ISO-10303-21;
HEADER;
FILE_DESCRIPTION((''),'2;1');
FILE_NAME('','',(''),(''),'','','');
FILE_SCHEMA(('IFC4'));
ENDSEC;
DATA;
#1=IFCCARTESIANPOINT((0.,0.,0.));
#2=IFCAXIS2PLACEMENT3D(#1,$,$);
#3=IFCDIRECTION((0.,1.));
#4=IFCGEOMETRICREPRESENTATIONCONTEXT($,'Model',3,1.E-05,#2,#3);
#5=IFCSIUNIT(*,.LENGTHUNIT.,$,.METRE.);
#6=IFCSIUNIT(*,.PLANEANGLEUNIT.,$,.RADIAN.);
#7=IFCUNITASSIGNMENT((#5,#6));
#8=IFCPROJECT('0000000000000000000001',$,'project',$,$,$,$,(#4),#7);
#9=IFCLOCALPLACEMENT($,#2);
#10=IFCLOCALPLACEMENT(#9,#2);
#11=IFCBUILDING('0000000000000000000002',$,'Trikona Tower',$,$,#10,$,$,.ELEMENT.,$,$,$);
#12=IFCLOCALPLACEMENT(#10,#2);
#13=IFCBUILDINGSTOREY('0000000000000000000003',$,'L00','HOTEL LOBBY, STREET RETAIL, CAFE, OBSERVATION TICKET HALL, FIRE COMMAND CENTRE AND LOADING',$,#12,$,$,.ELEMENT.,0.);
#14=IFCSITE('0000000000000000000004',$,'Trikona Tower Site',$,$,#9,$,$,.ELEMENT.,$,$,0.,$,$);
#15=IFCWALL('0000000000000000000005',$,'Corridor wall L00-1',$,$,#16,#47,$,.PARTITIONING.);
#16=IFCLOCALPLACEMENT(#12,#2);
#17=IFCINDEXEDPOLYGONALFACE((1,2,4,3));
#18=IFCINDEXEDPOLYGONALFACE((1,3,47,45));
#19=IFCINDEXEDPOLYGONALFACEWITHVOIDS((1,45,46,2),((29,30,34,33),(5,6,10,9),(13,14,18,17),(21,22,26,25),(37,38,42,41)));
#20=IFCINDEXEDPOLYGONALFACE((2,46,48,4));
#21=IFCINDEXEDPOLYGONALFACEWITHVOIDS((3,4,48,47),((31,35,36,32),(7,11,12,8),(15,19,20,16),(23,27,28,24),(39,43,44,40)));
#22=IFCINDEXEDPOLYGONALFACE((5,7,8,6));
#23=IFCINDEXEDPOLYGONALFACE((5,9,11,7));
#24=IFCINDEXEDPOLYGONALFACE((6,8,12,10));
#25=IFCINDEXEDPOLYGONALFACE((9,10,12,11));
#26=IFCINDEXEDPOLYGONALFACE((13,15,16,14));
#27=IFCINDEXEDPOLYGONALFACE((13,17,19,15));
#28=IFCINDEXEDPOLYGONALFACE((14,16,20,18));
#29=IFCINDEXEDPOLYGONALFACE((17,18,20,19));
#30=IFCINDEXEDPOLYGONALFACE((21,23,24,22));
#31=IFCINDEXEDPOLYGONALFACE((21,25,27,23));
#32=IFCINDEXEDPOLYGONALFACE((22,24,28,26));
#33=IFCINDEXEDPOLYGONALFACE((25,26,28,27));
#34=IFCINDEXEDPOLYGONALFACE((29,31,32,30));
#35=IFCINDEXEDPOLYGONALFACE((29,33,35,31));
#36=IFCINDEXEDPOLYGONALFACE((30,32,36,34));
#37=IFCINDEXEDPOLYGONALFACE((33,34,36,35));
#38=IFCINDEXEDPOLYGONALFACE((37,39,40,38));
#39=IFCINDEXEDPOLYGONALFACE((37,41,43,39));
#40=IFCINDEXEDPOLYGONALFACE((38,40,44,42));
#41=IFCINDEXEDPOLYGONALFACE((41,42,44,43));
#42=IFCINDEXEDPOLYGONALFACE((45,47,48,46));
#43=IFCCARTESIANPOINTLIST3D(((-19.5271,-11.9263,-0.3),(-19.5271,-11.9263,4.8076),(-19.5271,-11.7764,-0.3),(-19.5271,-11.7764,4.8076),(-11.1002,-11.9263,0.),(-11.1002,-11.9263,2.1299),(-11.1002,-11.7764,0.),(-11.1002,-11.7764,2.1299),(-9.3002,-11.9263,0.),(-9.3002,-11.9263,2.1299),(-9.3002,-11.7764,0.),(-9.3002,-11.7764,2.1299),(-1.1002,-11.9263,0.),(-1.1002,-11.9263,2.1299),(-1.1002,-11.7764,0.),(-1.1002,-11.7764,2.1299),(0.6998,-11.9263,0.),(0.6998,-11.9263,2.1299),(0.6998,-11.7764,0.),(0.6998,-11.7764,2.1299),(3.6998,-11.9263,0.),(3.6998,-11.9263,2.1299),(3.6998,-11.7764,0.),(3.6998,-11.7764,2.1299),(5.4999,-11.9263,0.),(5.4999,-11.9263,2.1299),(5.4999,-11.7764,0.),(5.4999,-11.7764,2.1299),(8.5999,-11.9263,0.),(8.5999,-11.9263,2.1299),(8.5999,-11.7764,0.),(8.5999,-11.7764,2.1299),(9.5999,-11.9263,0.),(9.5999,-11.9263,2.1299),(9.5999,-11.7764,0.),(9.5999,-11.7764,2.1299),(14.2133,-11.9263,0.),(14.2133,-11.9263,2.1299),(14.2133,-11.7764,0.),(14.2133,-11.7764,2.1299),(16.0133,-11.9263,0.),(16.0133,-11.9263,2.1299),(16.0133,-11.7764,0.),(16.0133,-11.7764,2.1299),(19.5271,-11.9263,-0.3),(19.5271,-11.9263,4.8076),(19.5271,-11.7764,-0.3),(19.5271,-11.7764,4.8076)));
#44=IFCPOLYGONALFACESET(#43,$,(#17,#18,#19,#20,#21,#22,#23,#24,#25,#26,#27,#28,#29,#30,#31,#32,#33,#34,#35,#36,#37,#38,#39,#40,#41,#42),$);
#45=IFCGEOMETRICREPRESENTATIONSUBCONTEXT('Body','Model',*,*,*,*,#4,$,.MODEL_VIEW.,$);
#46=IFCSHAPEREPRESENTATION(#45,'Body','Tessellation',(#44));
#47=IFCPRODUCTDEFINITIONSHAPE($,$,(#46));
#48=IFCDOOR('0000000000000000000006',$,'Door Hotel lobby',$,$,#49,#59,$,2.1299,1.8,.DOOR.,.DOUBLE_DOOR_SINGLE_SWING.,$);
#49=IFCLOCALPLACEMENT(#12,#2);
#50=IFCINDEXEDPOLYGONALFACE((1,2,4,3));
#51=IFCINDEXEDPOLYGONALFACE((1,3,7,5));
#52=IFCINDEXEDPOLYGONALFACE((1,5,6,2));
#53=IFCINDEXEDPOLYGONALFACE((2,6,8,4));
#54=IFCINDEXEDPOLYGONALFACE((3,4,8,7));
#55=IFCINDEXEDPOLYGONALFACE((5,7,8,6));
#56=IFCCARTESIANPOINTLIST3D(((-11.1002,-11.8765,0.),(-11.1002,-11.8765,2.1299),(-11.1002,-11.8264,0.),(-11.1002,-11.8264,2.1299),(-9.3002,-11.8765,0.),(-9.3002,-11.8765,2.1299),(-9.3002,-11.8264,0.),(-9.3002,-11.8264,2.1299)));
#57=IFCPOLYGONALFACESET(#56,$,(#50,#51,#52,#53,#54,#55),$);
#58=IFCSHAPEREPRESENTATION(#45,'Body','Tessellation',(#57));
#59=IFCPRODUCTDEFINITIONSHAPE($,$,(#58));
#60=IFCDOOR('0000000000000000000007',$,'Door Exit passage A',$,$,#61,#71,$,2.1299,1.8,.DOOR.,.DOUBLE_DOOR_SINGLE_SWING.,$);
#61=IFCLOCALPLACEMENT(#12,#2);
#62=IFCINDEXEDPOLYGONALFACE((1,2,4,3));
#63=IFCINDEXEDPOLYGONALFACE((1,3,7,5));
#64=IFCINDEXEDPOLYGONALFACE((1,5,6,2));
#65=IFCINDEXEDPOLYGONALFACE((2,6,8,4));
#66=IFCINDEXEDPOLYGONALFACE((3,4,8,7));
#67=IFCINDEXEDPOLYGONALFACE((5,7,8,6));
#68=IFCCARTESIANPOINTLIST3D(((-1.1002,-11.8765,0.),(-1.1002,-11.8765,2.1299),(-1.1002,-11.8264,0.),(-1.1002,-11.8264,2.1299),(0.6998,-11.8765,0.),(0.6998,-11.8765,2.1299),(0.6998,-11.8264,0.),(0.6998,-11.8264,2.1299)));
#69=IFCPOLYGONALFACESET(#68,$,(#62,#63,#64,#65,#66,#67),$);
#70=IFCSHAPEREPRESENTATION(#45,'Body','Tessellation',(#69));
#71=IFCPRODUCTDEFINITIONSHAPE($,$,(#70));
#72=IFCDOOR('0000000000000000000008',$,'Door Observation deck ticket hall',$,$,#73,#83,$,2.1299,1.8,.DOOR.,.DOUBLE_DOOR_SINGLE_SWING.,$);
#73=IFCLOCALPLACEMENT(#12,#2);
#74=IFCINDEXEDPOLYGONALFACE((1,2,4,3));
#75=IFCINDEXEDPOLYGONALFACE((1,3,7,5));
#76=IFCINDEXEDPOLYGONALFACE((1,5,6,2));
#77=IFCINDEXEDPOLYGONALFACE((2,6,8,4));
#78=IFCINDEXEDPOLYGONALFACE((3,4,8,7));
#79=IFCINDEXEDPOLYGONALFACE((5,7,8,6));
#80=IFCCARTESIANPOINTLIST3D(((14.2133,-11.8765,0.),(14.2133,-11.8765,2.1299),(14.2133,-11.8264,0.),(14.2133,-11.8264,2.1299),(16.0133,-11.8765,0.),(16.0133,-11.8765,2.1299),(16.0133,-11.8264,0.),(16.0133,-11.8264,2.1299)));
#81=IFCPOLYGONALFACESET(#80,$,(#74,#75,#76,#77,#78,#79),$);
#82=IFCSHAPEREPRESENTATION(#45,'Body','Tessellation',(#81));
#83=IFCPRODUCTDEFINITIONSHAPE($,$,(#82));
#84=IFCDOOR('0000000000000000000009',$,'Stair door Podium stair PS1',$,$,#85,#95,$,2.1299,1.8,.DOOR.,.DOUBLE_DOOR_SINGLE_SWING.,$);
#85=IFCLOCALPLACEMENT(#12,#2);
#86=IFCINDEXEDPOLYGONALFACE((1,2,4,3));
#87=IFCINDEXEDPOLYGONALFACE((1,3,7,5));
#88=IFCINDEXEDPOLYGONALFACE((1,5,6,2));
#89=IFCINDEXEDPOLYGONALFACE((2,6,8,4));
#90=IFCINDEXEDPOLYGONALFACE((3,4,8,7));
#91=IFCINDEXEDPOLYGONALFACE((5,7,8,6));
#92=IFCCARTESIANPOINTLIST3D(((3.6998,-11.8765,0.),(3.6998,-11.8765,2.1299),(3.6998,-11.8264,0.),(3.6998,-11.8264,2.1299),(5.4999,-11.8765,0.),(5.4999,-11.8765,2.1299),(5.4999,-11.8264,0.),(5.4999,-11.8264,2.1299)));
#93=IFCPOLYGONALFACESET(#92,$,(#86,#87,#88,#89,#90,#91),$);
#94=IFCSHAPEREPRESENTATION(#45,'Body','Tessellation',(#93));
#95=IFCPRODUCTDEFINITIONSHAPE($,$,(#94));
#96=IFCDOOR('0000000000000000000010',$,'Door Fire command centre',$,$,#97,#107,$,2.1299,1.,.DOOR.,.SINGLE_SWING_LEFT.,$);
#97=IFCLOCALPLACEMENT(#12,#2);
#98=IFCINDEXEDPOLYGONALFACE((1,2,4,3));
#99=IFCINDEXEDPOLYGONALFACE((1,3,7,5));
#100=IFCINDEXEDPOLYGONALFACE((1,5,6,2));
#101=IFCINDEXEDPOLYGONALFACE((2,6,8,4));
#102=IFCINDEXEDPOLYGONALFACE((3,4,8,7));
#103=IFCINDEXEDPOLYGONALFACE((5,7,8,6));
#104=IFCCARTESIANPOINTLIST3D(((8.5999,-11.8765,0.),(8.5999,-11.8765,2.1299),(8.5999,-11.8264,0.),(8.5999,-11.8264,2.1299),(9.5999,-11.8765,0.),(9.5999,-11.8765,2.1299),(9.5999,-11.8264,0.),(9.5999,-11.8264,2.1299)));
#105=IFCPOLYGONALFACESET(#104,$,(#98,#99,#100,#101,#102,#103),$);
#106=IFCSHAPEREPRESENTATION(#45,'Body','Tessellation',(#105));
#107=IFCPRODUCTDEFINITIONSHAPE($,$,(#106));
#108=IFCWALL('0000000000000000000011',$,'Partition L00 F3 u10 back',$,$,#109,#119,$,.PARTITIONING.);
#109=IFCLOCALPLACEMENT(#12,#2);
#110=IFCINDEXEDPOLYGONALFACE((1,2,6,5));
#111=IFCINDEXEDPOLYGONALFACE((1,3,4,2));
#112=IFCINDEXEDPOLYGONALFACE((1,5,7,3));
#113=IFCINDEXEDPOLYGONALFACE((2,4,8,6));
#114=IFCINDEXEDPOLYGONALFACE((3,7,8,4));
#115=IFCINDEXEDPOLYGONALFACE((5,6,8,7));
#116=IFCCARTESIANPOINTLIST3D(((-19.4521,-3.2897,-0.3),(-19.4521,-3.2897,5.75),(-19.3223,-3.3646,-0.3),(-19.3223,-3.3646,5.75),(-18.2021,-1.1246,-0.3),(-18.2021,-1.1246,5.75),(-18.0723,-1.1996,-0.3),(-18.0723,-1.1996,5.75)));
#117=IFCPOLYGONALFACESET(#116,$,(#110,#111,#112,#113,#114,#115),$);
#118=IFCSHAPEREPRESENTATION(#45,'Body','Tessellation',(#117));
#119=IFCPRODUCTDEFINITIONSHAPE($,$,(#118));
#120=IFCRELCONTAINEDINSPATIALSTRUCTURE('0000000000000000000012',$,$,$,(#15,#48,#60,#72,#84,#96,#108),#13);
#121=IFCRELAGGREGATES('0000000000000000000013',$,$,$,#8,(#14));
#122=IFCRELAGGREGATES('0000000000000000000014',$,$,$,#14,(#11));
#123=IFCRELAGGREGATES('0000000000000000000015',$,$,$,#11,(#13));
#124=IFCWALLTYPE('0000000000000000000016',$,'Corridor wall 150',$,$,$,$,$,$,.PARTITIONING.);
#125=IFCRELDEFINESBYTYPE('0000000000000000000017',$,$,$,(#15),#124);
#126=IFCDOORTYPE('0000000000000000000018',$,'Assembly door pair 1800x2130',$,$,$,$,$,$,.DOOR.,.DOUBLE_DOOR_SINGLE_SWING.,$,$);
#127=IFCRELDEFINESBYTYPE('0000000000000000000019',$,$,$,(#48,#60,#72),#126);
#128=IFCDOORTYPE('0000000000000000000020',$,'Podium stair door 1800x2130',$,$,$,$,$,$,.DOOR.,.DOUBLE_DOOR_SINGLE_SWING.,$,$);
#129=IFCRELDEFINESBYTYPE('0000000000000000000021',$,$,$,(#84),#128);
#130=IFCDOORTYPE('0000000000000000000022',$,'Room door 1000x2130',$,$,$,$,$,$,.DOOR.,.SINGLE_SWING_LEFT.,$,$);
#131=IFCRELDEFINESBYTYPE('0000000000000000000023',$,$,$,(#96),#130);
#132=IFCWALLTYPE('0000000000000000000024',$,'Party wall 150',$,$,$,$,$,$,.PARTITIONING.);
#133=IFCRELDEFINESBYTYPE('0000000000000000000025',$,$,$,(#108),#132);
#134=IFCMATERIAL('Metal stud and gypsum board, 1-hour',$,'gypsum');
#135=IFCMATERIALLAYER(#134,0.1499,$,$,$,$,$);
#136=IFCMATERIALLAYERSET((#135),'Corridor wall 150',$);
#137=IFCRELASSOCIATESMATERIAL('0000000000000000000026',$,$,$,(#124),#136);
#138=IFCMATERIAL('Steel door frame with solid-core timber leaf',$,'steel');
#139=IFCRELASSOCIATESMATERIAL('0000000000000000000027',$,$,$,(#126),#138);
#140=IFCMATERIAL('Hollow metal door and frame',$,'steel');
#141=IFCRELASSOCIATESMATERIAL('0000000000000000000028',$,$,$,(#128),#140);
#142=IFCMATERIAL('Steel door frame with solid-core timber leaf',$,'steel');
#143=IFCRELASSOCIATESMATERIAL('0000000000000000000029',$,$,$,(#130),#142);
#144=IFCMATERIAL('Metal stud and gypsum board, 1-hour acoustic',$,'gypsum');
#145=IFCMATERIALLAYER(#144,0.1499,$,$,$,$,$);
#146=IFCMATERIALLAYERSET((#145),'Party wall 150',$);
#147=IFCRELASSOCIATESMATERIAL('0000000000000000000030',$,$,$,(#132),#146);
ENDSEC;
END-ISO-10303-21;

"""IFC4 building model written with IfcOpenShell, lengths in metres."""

from ifc_helpers import new_model, si_unit, direction, frame, frame_2d, origin, place, context, subcontext, project, spatial, rectangle, extrude, material, layer, layer_set, type_object, element, fill, save


model = new_model("IFC4")

# Units and contexts
model_context = context("Model", 3, precision=1e-05, world=origin(), true_north=direction((0.0, 1.0)))
body_context = subcontext(model_context, "Body", "Model", "MODEL_VIEW")
ifc_project = project(units=[si_unit("LENGTHUNIT", "METRE"), si_unit("PLANEANGLEUNIT", "RADIAN")], contexts=[model_context])

# Site, building, storey
site_placement = place(None, origin())
site = spatial("IfcSite", under=ifc_project, at=site_placement, Name="Trikona Tower Site", CompositionType="ELEMENT", RefElevation=0.0)
building_placement = place(site_placement, origin())
building = spatial("IfcBuilding", under=site, at=building_placement, Name="Trikona Tower", CompositionType="ELEMENT")
storey_placement = place(building_placement, origin())
storey = spatial("IfcBuildingStorey", under=building, at=storey_placement, Name="L00", Description="HOTEL LOBBY, STREET RETAIL, CAFE, OBSERVATION TICKET HALL, FIRE COMMAND CENTRE AND LOADING", CompositionType="ELEMENT", Elevation=0.0)

# Wall, openings, doors
ifc_material_1 = material(Name="Metal stud and gypsum board, 1-hour", Category="gypsum")
ifc_layer_1 = layer(ifc_material_1, 0.1499)
ifc_layer_set_1 = layer_set([ifc_layer_1], Name="Corridor wall 150")
wall_type_1 = type_object("IfcWallType", Name="Corridor wall 150", PredefinedType="PARTITIONING", material=ifc_layer_set_1)
wall_1_placement = place(storey_placement, frame((-19.5271, -11.8513, -0.3), z_axis=(0.0, 0.0, 1.0), x_axis=(1.0, 0.0, 0.0)))
wall_1 = element("IfcWall", 1, at=wall_1_placement, inside=storey, type_object=wall_type_1, Name="Corridor wall L00-1", PredefinedType="PARTITIONING", context=body_context, shape_type="SweptSolid", body=[
    extrude(rectangle(XDim=39.0542, YDim=0.1499, at=frame_2d((19.5271, 0.0))), origin(), (0.0, 0.0, 1.0), 5.1077),
])
opening_1_placement = place(wall_1_placement, frame((8.427, 0.0, 0.3)))
opening_1 = element("IfcOpeningElement", 2, at=opening_1_placement, cuts=wall_1, PredefinedType="OPENING", context=body_context, shape_type="SweptSolid", body=[
    extrude(rectangle(XDim=1.8, YDim=2.1299, at=frame_2d((0.8999, 1.0649))), frame((0.0, 0.085, 0.0), z_axis=(0.0, -1.0, 0.0), x_axis=(1.0, 0.0, 0.0)), (0.0, 0.0, 1.0), 0.1699),
])
opening_2_placement = place(wall_1_placement, frame((18.427, 0.0, 0.3)))
opening_2 = element("IfcOpeningElement", 3, at=opening_2_placement, cuts=wall_1, PredefinedType="OPENING", context=body_context, shape_type="SweptSolid", body=[
    extrude(rectangle(XDim=1.8, YDim=2.1299, at=frame_2d((0.8999, 1.0649))), frame((0.0, 0.085, 0.0), z_axis=(0.0, -1.0, 0.0), x_axis=(1.0, 0.0, 0.0)), (0.0, 0.0, 1.0), 0.1699),
])
opening_3_placement = place(wall_1_placement, frame((23.2271, 0.0, 0.3)))
opening_3 = element("IfcOpeningElement", 4, at=opening_3_placement, cuts=wall_1, PredefinedType="OPENING", context=body_context, shape_type="SweptSolid", body=[
    extrude(rectangle(XDim=1.8, YDim=2.1299, at=frame_2d((0.8999, 1.0649))), frame((0.0, 0.085, 0.0), z_axis=(0.0, -1.0, 0.0), x_axis=(1.0, 0.0, 0.0)), (0.0, 0.0, 1.0), 0.1699),
])
opening_4_placement = place(wall_1_placement, frame((28.127, 0.0, 0.3)))
opening_4 = element("IfcOpeningElement", 5, at=opening_4_placement, cuts=wall_1, PredefinedType="OPENING", context=body_context, shape_type="SweptSolid", body=[
    extrude(rectangle(XDim=1.0, YDim=2.1299, at=frame_2d((0.5, 1.0649))), frame((0.0, 0.085, 0.0), z_axis=(0.0, -1.0, 0.0), x_axis=(1.0, 0.0, 0.0)), (0.0, 0.0, 1.0), 0.1699),
])
opening_5_placement = place(wall_1_placement, frame((33.7405, 0.0, 0.3)))
opening_5 = element("IfcOpeningElement", 6, at=opening_5_placement, cuts=wall_1, PredefinedType="OPENING", context=body_context, shape_type="SweptSolid", body=[
    extrude(rectangle(XDim=1.8, YDim=2.1299, at=frame_2d((0.8999, 1.0649))), frame((0.0, 0.085, 0.0), z_axis=(0.0, -1.0, 0.0), x_axis=(1.0, 0.0, 0.0)), (0.0, 0.0, 1.0), 0.1699),
])
ifc_material_2 = material(Name="Steel door frame with solid-core timber leaf", Category="steel")
door_type_1 = type_object("IfcDoorType", Name="Assembly door pair 1800x2130", OperationType="DOUBLE_DOOR_SINGLE_SWING", PredefinedType="DOOR", material=ifc_material_2)
door_1_placement = place(opening_1_placement, origin())
door_1 = element("IfcDoor", 7, at=door_1_placement, inside=storey, type_object=door_type_1, Name="Door Hotel lobby", OperationType="DOUBLE_DOOR_SINGLE_SWING", OverallHeight=2.1299, OverallWidth=1.8, PredefinedType="DOOR", context=body_context, shape_type="SweptSolid", body=[
    extrude(rectangle(XDim=1.8, YDim=2.1299, at=frame_2d((0.8999, 1.0649))), frame((0.0, 0.0249, 0.0), z_axis=(0.0, -1.0, 0.0), x_axis=(1.0, 0.0, 0.0)), (0.0, 0.0, 1.0), 0.05),
])
fill(opening_1, door_1)
door_2_placement = place(opening_2_placement, origin())
door_2 = element("IfcDoor", 8, at=door_2_placement, inside=storey, type_object=door_type_1, Name="Door Exit passage A", OperationType="DOUBLE_DOOR_SINGLE_SWING", OverallHeight=2.1299, OverallWidth=1.8, PredefinedType="DOOR", context=body_context, shape_type="SweptSolid", body=[
    extrude(rectangle(XDim=1.8, YDim=2.1299, at=frame_2d((0.8999, 1.0649))), frame((0.0, 0.0249, 0.0), z_axis=(0.0, -1.0, 0.0), x_axis=(1.0, 0.0, 0.0)), (0.0, 0.0, 1.0), 0.05),
])
fill(opening_2, door_2)
door_3_placement = place(opening_5_placement, origin())
door_3 = element("IfcDoor", 9, at=door_3_placement, inside=storey, type_object=door_type_1, Name="Door Observation deck ticket hall", OperationType="DOUBLE_DOOR_SINGLE_SWING", OverallHeight=2.1299, OverallWidth=1.8, PredefinedType="DOOR", context=body_context, shape_type="SweptSolid", body=[
    extrude(rectangle(XDim=1.8, YDim=2.1299, at=frame_2d((0.8999, 1.0649))), frame((0.0, 0.0249, 0.0), z_axis=(0.0, -1.0, 0.0), x_axis=(1.0, 0.0, 0.0)), (0.0, 0.0, 1.0), 0.05),
])
fill(opening_5, door_3)
ifc_material_3 = material(Name="Hollow metal door and frame", Category="steel")
door_type_2 = type_object("IfcDoorType", Name="Podium stair door 1800x2130", OperationType="DOUBLE_DOOR_SINGLE_SWING", PredefinedType="DOOR", material=ifc_material_3)
door_4_placement = place(opening_3_placement, origin())
door_4 = element("IfcDoor", 10, at=door_4_placement, inside=storey, type_object=door_type_2, Name="Stair door Podium stair PS1", OperationType="DOUBLE_DOOR_SINGLE_SWING", OverallHeight=2.1299, OverallWidth=1.8, PredefinedType="DOOR", context=body_context, shape_type="SweptSolid", body=[
    extrude(rectangle(XDim=1.8, YDim=2.1299, at=frame_2d((0.8999, 1.0649))), frame((0.0, 0.0249, 0.0), z_axis=(0.0, -1.0, 0.0), x_axis=(1.0, 0.0, 0.0)), (0.0, 0.0, 1.0), 0.05),
])
fill(opening_3, door_4)
ifc_material_4 = material(Name="Steel door frame with solid-core timber leaf", Category="steel")
door_type_3 = type_object("IfcDoorType", Name="Room door 1000x2130", OperationType="SINGLE_SWING_LEFT", PredefinedType="DOOR", material=ifc_material_4)
door_5_placement = place(opening_4_placement, origin())
door_5 = element("IfcDoor", 11, at=door_5_placement, inside=storey, type_object=door_type_3, Name="Door Fire command centre", OperationType="SINGLE_SWING_LEFT", OverallHeight=2.1299, OverallWidth=1.0, PredefinedType="DOOR", context=body_context, shape_type="SweptSolid", body=[
    extrude(rectangle(XDim=1.0, YDim=2.1299, at=frame_2d((0.5, 1.0649))), frame((0.0, 0.0249, 0.0), z_axis=(0.0, -1.0, 0.0), x_axis=(1.0, 0.0, 0.0)), (0.0, 0.0, 1.0), 0.05),
])
fill(opening_4, door_5)

# Wall
ifc_material_5 = material(Name="Metal stud and gypsum board, 1-hour acoustic", Category="gypsum")
ifc_layer_2 = layer(ifc_material_5, 0.1499)
ifc_layer_set_2 = layer_set([ifc_layer_2], Name="Party wall 150")
wall_type_2 = type_object("IfcWallType", Name="Party wall 150", PredefinedType="PARTITIONING", material=ifc_layer_set_2)
wall_2_placement = place(storey_placement, frame((-18.1372, -1.1621, -0.3), z_axis=(0.0, 0.0, 1.0), x_axis=(-0.500004, -0.866023, 0.0)))
element("IfcWall", 12, at=wall_2_placement, inside=storey, type_object=wall_type_2, Name="Partition L00 F3 u10 back", PredefinedType="PARTITIONING", context=body_context, shape_type="SweptSolid", body=[
    extrude(rectangle(XDim=2.5, YDim=0.1499, at=frame_2d((1.25, 0.0))), origin(), (0.0, 0.0, 1.0), 6.05),
])

save(model, "model.ifc")
